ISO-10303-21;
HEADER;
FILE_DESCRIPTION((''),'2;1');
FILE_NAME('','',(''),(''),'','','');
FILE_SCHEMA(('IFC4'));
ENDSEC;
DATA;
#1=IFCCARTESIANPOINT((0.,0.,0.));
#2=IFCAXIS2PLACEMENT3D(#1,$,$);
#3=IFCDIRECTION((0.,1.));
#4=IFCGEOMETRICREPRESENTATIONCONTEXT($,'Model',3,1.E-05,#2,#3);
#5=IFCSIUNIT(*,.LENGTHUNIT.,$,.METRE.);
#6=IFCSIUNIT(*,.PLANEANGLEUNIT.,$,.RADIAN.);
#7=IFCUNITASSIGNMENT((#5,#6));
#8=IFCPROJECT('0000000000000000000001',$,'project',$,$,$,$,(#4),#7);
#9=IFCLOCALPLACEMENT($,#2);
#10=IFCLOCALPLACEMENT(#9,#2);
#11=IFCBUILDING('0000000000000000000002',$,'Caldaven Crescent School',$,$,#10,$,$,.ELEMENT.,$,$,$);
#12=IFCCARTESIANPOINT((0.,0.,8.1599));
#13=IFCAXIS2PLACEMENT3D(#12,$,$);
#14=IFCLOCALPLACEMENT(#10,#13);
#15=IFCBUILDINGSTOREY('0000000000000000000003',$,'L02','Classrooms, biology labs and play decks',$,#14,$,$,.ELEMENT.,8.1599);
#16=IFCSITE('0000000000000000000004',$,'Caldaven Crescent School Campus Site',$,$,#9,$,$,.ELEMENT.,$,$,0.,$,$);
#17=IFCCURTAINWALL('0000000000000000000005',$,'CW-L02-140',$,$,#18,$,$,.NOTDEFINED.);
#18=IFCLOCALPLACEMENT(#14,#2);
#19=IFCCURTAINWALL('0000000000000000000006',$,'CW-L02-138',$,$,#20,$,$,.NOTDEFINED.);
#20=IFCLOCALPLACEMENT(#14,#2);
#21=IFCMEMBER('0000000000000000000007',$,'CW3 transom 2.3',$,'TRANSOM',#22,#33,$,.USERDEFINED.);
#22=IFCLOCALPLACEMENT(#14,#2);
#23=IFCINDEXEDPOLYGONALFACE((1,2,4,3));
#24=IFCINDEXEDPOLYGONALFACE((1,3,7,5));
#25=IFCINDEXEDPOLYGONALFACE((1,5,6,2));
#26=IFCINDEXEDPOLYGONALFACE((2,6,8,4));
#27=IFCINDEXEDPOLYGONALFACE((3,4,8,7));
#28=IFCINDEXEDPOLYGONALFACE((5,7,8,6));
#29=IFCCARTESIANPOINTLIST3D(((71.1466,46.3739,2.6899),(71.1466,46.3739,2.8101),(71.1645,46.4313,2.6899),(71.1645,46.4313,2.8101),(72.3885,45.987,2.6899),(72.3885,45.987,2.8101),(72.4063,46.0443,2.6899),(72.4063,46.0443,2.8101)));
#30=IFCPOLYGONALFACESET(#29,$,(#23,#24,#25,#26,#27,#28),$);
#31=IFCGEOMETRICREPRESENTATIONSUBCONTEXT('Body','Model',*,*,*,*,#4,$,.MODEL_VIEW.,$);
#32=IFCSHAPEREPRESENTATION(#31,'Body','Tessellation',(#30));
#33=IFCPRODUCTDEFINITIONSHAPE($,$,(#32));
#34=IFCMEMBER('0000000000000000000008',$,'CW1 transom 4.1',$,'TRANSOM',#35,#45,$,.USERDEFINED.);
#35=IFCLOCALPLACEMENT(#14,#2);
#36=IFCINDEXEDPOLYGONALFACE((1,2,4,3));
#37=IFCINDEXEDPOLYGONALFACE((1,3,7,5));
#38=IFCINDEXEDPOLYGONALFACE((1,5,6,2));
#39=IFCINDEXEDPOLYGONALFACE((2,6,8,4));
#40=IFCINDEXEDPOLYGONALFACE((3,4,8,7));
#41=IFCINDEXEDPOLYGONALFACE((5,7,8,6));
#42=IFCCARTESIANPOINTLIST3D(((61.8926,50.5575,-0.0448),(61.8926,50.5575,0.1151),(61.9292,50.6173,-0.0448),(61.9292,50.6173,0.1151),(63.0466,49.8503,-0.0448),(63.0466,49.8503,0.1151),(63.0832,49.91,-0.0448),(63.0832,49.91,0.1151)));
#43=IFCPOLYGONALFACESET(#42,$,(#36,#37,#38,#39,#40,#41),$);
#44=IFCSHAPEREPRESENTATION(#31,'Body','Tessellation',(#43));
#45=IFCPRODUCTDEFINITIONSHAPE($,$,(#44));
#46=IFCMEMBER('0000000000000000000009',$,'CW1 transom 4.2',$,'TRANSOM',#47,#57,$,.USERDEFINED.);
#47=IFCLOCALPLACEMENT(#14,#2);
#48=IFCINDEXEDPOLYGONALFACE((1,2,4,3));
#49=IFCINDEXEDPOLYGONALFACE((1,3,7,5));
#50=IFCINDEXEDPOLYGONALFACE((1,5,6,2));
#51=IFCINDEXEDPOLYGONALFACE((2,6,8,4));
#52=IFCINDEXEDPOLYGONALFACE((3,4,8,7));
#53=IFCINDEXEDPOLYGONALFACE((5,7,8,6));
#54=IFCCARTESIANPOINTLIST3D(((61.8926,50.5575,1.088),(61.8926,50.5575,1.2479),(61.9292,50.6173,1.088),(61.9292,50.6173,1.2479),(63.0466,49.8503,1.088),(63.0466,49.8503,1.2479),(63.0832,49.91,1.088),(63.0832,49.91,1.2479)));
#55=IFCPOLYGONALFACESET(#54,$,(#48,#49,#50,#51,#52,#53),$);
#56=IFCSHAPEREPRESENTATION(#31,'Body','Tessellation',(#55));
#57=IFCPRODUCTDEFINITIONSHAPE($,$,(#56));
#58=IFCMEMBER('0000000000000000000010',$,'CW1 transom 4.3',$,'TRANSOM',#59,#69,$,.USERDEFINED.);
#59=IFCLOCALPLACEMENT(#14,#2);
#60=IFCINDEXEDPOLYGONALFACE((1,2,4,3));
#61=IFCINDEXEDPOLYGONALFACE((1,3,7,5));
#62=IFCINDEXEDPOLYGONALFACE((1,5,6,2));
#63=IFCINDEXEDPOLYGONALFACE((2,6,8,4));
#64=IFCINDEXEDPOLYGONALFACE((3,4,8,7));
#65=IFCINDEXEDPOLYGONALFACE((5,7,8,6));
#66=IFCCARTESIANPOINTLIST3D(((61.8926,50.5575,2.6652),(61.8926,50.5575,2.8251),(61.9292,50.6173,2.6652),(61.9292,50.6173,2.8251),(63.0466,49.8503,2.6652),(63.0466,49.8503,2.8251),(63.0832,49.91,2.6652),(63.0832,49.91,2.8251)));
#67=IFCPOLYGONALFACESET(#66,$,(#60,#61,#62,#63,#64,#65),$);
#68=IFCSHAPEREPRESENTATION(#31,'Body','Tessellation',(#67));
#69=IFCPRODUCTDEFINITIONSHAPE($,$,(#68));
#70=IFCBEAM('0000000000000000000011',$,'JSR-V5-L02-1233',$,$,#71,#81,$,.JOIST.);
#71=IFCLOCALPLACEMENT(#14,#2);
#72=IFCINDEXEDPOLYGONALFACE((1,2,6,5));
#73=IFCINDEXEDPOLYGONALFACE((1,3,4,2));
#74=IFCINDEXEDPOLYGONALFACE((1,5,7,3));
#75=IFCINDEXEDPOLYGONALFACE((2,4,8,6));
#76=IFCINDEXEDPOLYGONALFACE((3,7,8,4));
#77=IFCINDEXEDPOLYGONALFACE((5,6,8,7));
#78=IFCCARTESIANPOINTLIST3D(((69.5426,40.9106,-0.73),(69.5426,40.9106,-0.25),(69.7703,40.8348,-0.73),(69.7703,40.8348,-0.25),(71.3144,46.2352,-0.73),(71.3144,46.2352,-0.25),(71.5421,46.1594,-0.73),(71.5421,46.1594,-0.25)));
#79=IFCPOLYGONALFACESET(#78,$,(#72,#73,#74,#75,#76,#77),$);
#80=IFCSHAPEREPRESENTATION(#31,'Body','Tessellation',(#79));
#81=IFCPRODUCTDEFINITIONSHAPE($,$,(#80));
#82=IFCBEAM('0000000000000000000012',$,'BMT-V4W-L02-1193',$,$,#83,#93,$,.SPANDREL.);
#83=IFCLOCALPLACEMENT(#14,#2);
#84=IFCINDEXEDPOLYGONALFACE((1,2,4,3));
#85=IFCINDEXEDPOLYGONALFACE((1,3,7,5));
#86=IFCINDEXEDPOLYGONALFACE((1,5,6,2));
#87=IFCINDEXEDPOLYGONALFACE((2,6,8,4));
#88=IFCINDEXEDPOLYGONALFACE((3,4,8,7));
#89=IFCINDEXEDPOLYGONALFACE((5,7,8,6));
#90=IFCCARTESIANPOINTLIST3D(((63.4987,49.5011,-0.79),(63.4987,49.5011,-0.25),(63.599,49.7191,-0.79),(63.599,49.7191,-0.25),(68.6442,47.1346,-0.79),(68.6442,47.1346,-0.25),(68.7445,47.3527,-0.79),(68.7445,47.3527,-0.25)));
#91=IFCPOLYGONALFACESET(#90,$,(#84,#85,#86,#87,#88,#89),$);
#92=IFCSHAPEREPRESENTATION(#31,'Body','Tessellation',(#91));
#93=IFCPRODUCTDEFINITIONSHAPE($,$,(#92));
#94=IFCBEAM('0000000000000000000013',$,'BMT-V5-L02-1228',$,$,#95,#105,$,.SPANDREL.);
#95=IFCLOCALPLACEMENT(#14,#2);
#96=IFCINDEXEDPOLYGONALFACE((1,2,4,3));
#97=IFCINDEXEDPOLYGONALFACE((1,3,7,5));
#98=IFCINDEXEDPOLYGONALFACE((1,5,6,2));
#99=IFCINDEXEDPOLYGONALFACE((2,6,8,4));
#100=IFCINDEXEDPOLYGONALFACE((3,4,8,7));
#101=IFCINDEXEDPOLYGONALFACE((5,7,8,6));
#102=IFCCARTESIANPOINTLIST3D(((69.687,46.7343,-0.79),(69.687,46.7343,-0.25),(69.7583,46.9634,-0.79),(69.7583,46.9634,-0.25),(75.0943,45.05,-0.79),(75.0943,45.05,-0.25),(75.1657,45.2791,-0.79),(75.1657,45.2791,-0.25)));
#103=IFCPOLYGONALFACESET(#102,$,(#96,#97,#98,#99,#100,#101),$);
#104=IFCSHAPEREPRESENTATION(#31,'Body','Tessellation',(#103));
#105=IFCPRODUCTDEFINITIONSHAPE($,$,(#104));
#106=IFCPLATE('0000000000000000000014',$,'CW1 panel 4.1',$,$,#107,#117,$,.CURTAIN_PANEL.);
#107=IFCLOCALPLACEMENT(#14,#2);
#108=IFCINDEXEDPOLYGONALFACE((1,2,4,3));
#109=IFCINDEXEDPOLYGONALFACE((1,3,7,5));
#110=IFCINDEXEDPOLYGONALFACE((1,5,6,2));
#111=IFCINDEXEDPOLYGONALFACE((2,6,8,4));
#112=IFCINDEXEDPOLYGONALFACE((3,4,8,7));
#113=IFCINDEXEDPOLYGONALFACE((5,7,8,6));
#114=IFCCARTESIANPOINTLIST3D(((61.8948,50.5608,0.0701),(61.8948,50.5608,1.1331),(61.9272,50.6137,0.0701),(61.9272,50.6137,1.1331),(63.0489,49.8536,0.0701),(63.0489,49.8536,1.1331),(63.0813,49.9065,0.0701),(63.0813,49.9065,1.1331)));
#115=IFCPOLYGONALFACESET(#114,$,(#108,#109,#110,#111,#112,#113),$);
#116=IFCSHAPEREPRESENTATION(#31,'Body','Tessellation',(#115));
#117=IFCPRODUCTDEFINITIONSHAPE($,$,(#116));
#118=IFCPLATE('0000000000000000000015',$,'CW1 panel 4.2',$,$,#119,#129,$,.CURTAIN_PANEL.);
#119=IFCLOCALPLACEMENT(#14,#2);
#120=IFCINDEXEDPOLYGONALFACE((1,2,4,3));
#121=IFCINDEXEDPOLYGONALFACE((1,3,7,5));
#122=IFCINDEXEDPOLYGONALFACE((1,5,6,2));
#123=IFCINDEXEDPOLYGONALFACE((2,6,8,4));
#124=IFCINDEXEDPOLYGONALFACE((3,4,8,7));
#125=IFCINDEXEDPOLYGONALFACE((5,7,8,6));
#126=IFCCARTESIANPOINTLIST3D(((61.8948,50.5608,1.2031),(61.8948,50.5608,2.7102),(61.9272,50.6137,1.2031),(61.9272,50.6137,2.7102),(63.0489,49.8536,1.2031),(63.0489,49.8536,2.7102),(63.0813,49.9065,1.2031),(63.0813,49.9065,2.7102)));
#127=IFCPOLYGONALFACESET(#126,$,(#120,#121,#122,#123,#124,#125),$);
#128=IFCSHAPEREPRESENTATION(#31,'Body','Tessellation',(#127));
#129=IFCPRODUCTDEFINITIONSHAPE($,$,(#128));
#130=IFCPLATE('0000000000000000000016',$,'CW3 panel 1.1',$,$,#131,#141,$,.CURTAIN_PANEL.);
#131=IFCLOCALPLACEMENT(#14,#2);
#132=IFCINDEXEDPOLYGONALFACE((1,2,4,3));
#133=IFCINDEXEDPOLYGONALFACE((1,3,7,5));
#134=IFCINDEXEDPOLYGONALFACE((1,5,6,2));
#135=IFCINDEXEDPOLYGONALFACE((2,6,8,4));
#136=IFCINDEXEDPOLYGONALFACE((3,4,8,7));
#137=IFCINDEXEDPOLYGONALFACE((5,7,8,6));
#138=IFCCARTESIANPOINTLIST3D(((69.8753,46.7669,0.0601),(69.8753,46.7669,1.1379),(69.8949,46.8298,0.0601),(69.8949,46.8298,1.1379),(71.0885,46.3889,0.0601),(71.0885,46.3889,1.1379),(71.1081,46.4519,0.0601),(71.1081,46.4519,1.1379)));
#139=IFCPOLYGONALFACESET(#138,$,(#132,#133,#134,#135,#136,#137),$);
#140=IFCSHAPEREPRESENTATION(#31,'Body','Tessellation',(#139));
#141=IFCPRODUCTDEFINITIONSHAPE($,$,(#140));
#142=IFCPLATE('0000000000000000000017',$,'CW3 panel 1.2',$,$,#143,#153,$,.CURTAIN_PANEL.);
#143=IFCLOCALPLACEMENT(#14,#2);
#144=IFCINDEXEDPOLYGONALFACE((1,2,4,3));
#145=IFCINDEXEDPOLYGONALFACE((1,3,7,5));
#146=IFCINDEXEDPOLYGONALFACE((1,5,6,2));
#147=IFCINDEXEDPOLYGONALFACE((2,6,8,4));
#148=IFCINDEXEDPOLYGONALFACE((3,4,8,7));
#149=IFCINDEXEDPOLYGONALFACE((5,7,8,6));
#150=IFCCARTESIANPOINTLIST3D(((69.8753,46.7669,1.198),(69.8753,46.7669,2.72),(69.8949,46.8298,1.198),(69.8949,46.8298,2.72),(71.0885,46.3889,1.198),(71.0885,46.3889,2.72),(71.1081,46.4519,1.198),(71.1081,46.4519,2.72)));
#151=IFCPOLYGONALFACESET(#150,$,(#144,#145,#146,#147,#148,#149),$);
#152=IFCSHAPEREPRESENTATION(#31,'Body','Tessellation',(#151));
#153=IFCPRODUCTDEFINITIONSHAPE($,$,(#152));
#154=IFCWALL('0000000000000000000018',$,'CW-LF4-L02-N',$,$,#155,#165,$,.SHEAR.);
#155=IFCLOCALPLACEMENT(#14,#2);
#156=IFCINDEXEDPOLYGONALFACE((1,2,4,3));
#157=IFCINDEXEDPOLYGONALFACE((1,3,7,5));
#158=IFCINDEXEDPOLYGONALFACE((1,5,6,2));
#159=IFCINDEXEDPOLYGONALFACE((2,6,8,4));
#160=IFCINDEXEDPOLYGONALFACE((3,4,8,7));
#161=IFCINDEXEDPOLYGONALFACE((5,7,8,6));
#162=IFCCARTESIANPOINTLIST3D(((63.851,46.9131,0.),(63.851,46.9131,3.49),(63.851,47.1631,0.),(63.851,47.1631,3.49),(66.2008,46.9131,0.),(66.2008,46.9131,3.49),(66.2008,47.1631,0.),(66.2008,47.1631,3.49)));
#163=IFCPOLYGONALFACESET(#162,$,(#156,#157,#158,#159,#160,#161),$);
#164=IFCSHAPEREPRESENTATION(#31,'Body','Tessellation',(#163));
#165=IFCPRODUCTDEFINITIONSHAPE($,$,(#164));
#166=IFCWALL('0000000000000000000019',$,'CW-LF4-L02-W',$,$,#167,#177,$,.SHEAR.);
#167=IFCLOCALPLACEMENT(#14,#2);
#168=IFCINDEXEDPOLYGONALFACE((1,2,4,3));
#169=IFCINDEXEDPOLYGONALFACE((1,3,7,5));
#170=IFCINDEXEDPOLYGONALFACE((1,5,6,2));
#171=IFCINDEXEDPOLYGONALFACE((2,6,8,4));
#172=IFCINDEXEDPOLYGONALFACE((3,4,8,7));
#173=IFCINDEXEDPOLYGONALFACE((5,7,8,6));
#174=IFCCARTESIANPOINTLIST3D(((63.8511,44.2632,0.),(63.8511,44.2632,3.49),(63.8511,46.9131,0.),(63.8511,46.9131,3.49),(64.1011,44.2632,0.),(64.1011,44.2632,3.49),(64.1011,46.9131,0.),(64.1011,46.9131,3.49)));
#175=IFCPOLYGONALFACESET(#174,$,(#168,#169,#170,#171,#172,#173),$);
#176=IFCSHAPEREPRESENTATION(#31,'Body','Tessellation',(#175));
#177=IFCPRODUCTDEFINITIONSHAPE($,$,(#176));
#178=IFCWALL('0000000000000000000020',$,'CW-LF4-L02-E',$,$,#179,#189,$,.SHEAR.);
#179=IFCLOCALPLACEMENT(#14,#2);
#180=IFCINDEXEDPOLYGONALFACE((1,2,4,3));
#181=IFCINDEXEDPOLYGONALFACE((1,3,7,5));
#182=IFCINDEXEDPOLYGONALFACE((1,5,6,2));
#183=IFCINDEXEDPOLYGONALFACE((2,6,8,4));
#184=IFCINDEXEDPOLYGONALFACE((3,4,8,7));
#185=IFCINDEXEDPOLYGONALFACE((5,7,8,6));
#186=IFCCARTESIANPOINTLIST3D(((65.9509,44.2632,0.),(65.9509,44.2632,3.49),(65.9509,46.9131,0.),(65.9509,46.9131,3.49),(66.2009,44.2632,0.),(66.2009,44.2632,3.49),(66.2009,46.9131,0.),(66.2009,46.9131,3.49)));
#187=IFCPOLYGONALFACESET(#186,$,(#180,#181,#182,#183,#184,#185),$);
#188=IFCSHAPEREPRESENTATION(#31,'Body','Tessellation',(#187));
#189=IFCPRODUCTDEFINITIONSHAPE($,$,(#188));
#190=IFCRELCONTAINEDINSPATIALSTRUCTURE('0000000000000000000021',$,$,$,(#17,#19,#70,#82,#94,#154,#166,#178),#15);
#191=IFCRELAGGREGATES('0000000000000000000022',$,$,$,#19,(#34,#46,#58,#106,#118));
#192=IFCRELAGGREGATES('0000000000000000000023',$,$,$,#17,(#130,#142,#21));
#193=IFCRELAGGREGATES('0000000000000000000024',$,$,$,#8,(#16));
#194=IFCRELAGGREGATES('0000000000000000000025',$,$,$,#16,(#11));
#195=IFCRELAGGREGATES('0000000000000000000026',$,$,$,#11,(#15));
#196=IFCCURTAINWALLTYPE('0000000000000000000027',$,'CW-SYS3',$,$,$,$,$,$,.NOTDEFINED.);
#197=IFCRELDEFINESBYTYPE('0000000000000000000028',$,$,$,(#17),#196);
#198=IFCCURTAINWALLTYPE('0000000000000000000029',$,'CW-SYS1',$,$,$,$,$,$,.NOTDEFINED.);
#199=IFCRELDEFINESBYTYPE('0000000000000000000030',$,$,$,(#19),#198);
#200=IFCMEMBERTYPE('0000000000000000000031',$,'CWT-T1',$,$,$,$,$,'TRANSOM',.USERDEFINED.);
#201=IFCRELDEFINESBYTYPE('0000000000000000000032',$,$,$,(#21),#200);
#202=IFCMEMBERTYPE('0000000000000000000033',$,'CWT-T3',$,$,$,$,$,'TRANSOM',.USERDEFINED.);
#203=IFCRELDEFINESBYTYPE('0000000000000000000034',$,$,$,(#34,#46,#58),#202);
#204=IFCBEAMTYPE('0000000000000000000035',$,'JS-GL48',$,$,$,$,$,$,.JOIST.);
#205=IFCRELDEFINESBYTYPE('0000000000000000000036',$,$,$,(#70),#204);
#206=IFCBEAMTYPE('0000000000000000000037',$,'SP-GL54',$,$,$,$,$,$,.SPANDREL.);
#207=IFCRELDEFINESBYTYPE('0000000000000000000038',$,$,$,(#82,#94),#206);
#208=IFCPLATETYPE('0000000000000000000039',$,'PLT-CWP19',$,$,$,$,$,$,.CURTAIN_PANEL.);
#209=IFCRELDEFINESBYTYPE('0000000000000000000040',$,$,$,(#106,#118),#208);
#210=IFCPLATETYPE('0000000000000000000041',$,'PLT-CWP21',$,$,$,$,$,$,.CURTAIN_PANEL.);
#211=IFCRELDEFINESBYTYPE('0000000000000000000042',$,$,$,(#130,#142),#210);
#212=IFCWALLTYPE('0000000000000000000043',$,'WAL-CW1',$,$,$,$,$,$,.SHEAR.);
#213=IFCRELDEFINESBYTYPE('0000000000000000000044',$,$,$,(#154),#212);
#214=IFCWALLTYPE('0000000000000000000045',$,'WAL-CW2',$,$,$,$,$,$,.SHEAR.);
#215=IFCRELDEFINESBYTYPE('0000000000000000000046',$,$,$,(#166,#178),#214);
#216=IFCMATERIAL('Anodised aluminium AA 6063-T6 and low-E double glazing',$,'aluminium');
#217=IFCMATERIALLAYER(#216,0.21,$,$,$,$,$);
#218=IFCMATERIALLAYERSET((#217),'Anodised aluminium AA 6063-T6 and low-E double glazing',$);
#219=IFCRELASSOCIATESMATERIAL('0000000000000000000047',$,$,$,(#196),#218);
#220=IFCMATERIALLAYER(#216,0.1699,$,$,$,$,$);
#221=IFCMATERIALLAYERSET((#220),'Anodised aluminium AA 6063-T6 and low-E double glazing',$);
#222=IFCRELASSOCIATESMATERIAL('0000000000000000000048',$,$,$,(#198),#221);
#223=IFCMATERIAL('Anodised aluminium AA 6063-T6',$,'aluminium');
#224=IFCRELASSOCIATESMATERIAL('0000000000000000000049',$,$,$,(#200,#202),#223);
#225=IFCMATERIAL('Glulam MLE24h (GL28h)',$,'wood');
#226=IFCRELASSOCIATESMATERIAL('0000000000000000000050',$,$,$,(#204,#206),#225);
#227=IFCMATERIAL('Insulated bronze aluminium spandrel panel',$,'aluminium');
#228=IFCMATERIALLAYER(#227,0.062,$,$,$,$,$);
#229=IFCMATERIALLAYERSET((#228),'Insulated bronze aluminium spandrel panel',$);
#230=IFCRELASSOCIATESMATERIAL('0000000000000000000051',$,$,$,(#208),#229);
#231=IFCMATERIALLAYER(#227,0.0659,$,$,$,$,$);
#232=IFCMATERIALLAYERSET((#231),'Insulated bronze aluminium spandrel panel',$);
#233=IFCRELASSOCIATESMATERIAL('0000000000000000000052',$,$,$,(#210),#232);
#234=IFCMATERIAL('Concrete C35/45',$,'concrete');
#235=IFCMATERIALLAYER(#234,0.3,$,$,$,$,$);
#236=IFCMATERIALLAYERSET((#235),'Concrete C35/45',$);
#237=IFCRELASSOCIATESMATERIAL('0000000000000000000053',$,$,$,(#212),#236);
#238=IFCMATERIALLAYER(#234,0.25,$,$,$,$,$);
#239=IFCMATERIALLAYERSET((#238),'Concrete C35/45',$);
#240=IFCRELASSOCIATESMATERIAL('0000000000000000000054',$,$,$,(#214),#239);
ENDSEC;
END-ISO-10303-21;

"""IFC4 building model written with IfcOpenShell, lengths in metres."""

from ifc_helpers import new_model, si_unit, direction, frame, frame_2d, origin, origin_2d, place, context, subcontext, project, spatial, rectangle, extrude, material, layer, layer_set, material_profile, profile_set, type_object, element, aggregate, save


model = new_model("IFC4")

# Units and contexts
model_context = context("Model", 3, precision=1e-05, world=origin(), true_north=direction((0.0, 1.0)))
body_context = subcontext(model_context, "Body", "Model", "MODEL_VIEW")
ifc_project = project(units=[si_unit("LENGTHUNIT", "METRE"), si_unit("PLANEANGLEUNIT", "RADIAN")], contexts=[model_context])

# Site, building, storey
site_placement = place(None, origin())
site = spatial("IfcSite", under=ifc_project, at=site_placement, Name="Caldaven Crescent School Campus Site", CompositionType="ELEMENT", RefElevation=0.0)
building_placement = place(site_placement, origin())
building = spatial("IfcBuilding", under=site, at=building_placement, Name="Caldaven Crescent School", CompositionType="ELEMENT")
storey_placement = place(building_placement, frame((0.0, 0.0, 8.1599)))
storey = spatial("IfcBuildingStorey", under=building, at=storey_placement, Name="L02", Description="Classrooms, biology labs and play decks", CompositionType="ELEMENT", Elevation=8.1599)

# Shared definitions
ifc_material_1 = material(Name="Glulam MLE24h (GL28h)", Category="wood")

# Curtain wall
ifc_material_2 = material(Name="Anodised aluminium AA 6063-T6 and low-E double glazing", Category="aluminium")
ifc_layer_1 = layer(ifc_material_2, 0.21)
ifc_layer_set_1 = layer_set([ifc_layer_1], Name="Anodised aluminium AA 6063-T6 and low-E double glazing")
curtain_wall_type_1 = type_object("IfcCurtainWallType", Name="CW-SYS3", PredefinedType="NOTDEFINED", material=ifc_layer_set_1)
curtain_wall_1_placement = place(storey_placement, origin())
curtain_wall_1 = element("IfcCurtainWall", 1, at=curtain_wall_1_placement, inside=storey, type_object=curtain_wall_type_1, Name="CW-L02-140", PredefinedType="NOTDEFINED")
ifc_material_3 = material(Name="Anodised aluminium AA 6063-T6", Category="aluminium")

# Curtain wall
ifc_layer_2 = layer(ifc_material_2, 0.1699)
ifc_layer_set_2 = layer_set([ifc_layer_2], Name="Anodised aluminium AA 6063-T6 and low-E double glazing")
curtain_wall_type_2 = type_object("IfcCurtainWallType", Name="CW-SYS1", PredefinedType="NOTDEFINED", material=ifc_layer_set_2)
curtain_wall_2_placement = place(storey_placement, origin())
curtain_wall_2 = element("IfcCurtainWall", 2, at=curtain_wall_2_placement, inside=storey, type_object=curtain_wall_type_2, Name="CW-L02-138", PredefinedType="NOTDEFINED")

# Members
ifc_material_profile_1 = material_profile(ifc_material_3, rectangle(XDim=0.0601, YDim=0.1201, at=origin_2d()), Name="CWT 60x120")
ifc_profile_set_1 = profile_set([ifc_material_profile_1], Name="Anodised aluminium AA 6063-T6")
member_type_1 = type_object("IfcMemberType", Name="CWT-T1", ElementType="TRANSOM", PredefinedType="USERDEFINED", material=ifc_profile_set_1)
member_1_placement = place(storey_placement, frame((71.1555, 46.4026, 2.75), z_axis=(0.95473, -0.297473, 0.0), x_axis=(0.297473, 0.95473, 0.0)))
member_1 = element("IfcMember", 3, at=member_1_placement, type_object=member_type_1, Name="CW3 transom 2.3", ObjectType="TRANSOM", PredefinedType="USERDEFINED", context=body_context, shape_type="SweptSolid", body=[
    extrude(rectangle(XDim=0.0601, YDim=0.1201, at=origin_2d()), origin(), (0.0, 0.0, 1.0), 1.3008),
])
ifc_material_profile_2 = material_profile(ifc_material_3, rectangle(XDim=0.0701, YDim=0.1599, at=origin_2d()), Name="CWT 70x160")
ifc_profile_set_2 = profile_set([ifc_material_profile_2], Name="Anodised aluminium AA 6063-T6")
member_type_2 = type_object("IfcMemberType", Name="CWT-T3", ElementType="TRANSOM", PredefinedType="USERDEFINED", material=ifc_profile_set_2)
member_2_placement = place(storey_placement, frame((61.9109, 50.5874, 0.0352), z_axis=(0.852617, -0.522537, 0.0), x_axis=(0.522537, 0.852617, 0.0)))
member_2 = element("IfcMember", 4, at=member_2_placement, type_object=member_type_2, Name="CW1 transom 4.1", ObjectType="TRANSOM", PredefinedType="USERDEFINED", context=body_context, shape_type="SweptSolid", body=[
    extrude(rectangle(XDim=0.0701, YDim=0.1599, at=origin_2d()), origin(), (0.0, 0.0, 1.0), 1.3535),
])
member_3_placement = place(storey_placement, frame((61.9109, 50.5874, 1.168), z_axis=(0.852617, -0.522537, 0.0), x_axis=(0.522537, 0.852617, 0.0)))
member_3 = element("IfcMember", 5, at=member_3_placement, type_object=member_type_2, Name="CW1 transom 4.2", ObjectType="TRANSOM", PredefinedType="USERDEFINED", context=body_context, shape_type="SweptSolid", body=[
    extrude(rectangle(XDim=0.0701, YDim=0.1599, at=origin_2d()), origin(), (0.0, 0.0, 1.0), 1.3535),
])
member_4_placement = place(storey_placement, frame((61.9109, 50.5874, 2.7451), z_axis=(0.852617, -0.522537, 0.0), x_axis=(0.522537, 0.852617, 0.0)))
member_4 = element("IfcMember", 6, at=member_4_placement, type_object=member_type_2, Name="CW1 transom 4.3", ObjectType="TRANSOM", PredefinedType="USERDEFINED", context=body_context, shape_type="SweptSolid", body=[
    extrude(rectangle(XDim=0.0701, YDim=0.1599, at=origin_2d()), origin(), (0.0, 0.0, 1.0), 1.3535),
])

# Beams
ifc_material_profile_3 = material_profile(ifc_material_1, rectangle(XDim=0.24, YDim=0.48, at=origin_2d()), Name="MLE 240x480")
ifc_profile_set_3 = profile_set([ifc_material_profile_3], Name="Glulam MLE24h (GL28h)")
beam_type_1 = type_object("IfcBeamType", Name="JS-GL48", PredefinedType="JOIST", material=ifc_profile_set_3)
beam_1_placement = place(storey_placement, frame((71.4282, 46.1973, -0.49), z_axis=(-0.315732, -0.948848, 0.0), x_axis=(0.948848, -0.315732, 0.0)))
element("IfcBeam", 7, at=beam_1_placement, inside=storey, type_object=beam_type_1, Name="JSR-V5-L02-1233", PredefinedType="JOIST", context=body_context, shape_type="SweptSolid", body=[
    extrude(rectangle(XDim=0.24, YDim=0.48, at=origin_2d()), origin(), (0.0, 0.0, 1.0), 5.6116),
])
ifc_material_profile_4 = material_profile(ifc_material_1, rectangle(XDim=0.24, YDim=0.54, at=origin_2d()), Name="MLE 240x540")
ifc_profile_set_4 = profile_set([ifc_material_profile_4], Name="Glulam MLE24h (GL28h)")
beam_type_2 = type_object("IfcBeamType", Name="SP-GL54", PredefinedType="SPANDREL", material=ifc_profile_set_4)
for number, where, z_axis, x_axis, name in (
    (8, (63.5488, 49.6101, -0.52), (0.908523, -0.417836, 0.0), (0.417836, 0.908523, 0.0), "BMT-V4W-L02-1193"),
    (9, (69.7227, 46.8489, -0.52), (0.954753, -0.297401, 0.0), (0.297401, 0.954753, 0.0), "BMT-V5-L02-1228"),
):
    element("IfcBeam", number, at=place(storey_placement, frame(where, z_axis=z_axis, x_axis=x_axis)), inside=storey, type_object=beam_type_2, Name=name, PredefinedType="SPANDREL", context=body_context, shape_type="SweptSolid", body=[
        extrude(rectangle(XDim=0.24, YDim=0.54, at=origin_2d()), origin(), (0.0, 0.0, 1.0), 5.6636),
    ])

# Plates
ifc_material_4 = material(Name="Insulated bronze aluminium spandrel panel", Category="aluminium")
ifc_layer_3 = layer(ifc_material_4, 0.062)
ifc_layer_set_3 = layer_set([ifc_layer_3], Name="Insulated bronze aluminium spandrel panel")
plate_type_1 = type_object("IfcPlateType", Name="PLT-CWP19", PredefinedType="CURTAIN_PANEL", material=ifc_layer_set_3)
plate_1_placement = place(storey_placement, frame((62.488, 50.2336, 0.0701), z_axis=(0.0, 0.0, 1.0), x_axis=(0.85264, -0.522499, 0.0)))
plate_1 = element("IfcPlate", 10, at=plate_1_placement, type_object=plate_type_1, Name="CW1 panel 4.1", PredefinedType="CURTAIN_PANEL", context=body_context, shape_type="SweptSolid", body=[
    extrude(rectangle(XDim=1.3535, YDim=0.062, at=origin_2d()), origin(), (0.0, 0.0, 1.0), 1.063),
])
plate_2_placement = place(storey_placement, frame((62.488, 50.2336, 1.2031), z_axis=(0.0, 0.0, 1.0), x_axis=(0.85264, -0.522499, 0.0)))
plate_2 = element("IfcPlate", 11, at=plate_2_placement, type_object=plate_type_1, Name="CW1 panel 4.2", PredefinedType="CURTAIN_PANEL", context=body_context, shape_type="SweptSolid", body=[
    extrude(rectangle(XDim=1.3535, YDim=0.062, at=origin_2d()), origin(), (0.0, 0.0, 1.0), 1.5071),
])
aggregate(curtain_wall_2, [member_2, member_3, member_4, plate_1, plate_2])
ifc_layer_4 = layer(ifc_material_4, 0.0659)
ifc_layer_set_4 = layer_set([ifc_layer_4], Name="Insulated bronze aluminium spandrel panel")
plate_type_2 = type_object("IfcPlateType", Name="PLT-CWP21", PredefinedType="CURTAIN_PANEL", material=ifc_layer_set_4)
plate_3_placement = place(storey_placement, frame((70.4917, 46.6094, 0.0601), z_axis=(0.0, 0.0, 1.0), x_axis=(0.954747, -0.29742, 0.0)))
plate_3 = element("IfcPlate", 12, at=plate_3_placement, type_object=plate_type_2, Name="CW3 panel 1.1", PredefinedType="CURTAIN_PANEL", context=body_context, shape_type="SweptSolid", body=[
    extrude(rectangle(XDim=1.2708, YDim=0.0659, at=origin_2d()), origin(), (0.0, 0.0, 1.0), 1.0779),
])
plate_4_placement = place(storey_placement, frame((70.4917, 46.6094, 1.198), z_axis=(0.0, 0.0, 1.0), x_axis=(0.954747, -0.29742, 0.0)))
plate_4 = element("IfcPlate", 13, at=plate_4_placement, type_object=plate_type_2, Name="CW3 panel 1.2", PredefinedType="CURTAIN_PANEL", context=body_context, shape_type="SweptSolid", body=[
    extrude(rectangle(XDim=1.2708, YDim=0.0659, at=origin_2d()), origin(), (0.0, 0.0, 1.0), 1.522),
])
aggregate(curtain_wall_1, [plate_3, plate_4, member_1])

# Walls
ifc_material_5 = material(Name="Concrete C35/45", Category="concrete")
ifc_layer_5 = layer(ifc_material_5, 0.3)
ifc_layer_set_5 = layer_set([ifc_layer_5], Name="Concrete C35/45")
wall_type_1 = type_object("IfcWallType", Name="WAL-CW1", PredefinedType="SHEAR", material=ifc_layer_set_5)
wall_1_placement = place(storey_placement, frame((63.8511, 47.0381, 0.0), z_axis=(0.0, 0.0, 1.0), x_axis=(1.0, 0.0, 0.0)))
element("IfcWall", 14, at=wall_1_placement, inside=storey, type_object=wall_type_1, Name="CW-LF4-L02-N", PredefinedType="SHEAR", context=body_context, shape_type="SweptSolid", body=[
    extrude(rectangle(XDim=2.3499, YDim=0.25, at=frame_2d((1.1748, 0.0))), origin(), (0.0, 0.0, 1.0), 3.49),
])
ifc_layer_6 = layer(ifc_material_5, 0.25)
ifc_layer_set_6 = layer_set([ifc_layer_6], Name="Concrete C35/45")
wall_type_2 = type_object("IfcWallType", Name="WAL-CW2", PredefinedType="SHEAR", material=ifc_layer_set_6)
for number, where, z_axis, x_axis, name in (
    (15, (63.9761, 44.2632, 0.0), (0.0, 0.0, 1.0), (0.0, 1.0, 0.0), "CW-LF4-L02-W"),
    (16, (66.0759, 44.2632, 0.0), (0.0, 0.0, 1.0), (0.0, 1.0, 0.0), "CW-LF4-L02-E"),
):
    element("IfcWall", number, at=place(storey_placement, frame(where, z_axis=z_axis, x_axis=x_axis)), inside=storey, type_object=wall_type_2, Name=name, PredefinedType="SHEAR", context=body_context, shape_type="SweptSolid", body=[
        extrude(rectangle(XDim=2.6499, YDim=0.25, at=frame_2d((1.325, 0.0))), origin(), (0.0, 0.0, 1.0), 3.49),
    ])

save(model, "model.ifc")
